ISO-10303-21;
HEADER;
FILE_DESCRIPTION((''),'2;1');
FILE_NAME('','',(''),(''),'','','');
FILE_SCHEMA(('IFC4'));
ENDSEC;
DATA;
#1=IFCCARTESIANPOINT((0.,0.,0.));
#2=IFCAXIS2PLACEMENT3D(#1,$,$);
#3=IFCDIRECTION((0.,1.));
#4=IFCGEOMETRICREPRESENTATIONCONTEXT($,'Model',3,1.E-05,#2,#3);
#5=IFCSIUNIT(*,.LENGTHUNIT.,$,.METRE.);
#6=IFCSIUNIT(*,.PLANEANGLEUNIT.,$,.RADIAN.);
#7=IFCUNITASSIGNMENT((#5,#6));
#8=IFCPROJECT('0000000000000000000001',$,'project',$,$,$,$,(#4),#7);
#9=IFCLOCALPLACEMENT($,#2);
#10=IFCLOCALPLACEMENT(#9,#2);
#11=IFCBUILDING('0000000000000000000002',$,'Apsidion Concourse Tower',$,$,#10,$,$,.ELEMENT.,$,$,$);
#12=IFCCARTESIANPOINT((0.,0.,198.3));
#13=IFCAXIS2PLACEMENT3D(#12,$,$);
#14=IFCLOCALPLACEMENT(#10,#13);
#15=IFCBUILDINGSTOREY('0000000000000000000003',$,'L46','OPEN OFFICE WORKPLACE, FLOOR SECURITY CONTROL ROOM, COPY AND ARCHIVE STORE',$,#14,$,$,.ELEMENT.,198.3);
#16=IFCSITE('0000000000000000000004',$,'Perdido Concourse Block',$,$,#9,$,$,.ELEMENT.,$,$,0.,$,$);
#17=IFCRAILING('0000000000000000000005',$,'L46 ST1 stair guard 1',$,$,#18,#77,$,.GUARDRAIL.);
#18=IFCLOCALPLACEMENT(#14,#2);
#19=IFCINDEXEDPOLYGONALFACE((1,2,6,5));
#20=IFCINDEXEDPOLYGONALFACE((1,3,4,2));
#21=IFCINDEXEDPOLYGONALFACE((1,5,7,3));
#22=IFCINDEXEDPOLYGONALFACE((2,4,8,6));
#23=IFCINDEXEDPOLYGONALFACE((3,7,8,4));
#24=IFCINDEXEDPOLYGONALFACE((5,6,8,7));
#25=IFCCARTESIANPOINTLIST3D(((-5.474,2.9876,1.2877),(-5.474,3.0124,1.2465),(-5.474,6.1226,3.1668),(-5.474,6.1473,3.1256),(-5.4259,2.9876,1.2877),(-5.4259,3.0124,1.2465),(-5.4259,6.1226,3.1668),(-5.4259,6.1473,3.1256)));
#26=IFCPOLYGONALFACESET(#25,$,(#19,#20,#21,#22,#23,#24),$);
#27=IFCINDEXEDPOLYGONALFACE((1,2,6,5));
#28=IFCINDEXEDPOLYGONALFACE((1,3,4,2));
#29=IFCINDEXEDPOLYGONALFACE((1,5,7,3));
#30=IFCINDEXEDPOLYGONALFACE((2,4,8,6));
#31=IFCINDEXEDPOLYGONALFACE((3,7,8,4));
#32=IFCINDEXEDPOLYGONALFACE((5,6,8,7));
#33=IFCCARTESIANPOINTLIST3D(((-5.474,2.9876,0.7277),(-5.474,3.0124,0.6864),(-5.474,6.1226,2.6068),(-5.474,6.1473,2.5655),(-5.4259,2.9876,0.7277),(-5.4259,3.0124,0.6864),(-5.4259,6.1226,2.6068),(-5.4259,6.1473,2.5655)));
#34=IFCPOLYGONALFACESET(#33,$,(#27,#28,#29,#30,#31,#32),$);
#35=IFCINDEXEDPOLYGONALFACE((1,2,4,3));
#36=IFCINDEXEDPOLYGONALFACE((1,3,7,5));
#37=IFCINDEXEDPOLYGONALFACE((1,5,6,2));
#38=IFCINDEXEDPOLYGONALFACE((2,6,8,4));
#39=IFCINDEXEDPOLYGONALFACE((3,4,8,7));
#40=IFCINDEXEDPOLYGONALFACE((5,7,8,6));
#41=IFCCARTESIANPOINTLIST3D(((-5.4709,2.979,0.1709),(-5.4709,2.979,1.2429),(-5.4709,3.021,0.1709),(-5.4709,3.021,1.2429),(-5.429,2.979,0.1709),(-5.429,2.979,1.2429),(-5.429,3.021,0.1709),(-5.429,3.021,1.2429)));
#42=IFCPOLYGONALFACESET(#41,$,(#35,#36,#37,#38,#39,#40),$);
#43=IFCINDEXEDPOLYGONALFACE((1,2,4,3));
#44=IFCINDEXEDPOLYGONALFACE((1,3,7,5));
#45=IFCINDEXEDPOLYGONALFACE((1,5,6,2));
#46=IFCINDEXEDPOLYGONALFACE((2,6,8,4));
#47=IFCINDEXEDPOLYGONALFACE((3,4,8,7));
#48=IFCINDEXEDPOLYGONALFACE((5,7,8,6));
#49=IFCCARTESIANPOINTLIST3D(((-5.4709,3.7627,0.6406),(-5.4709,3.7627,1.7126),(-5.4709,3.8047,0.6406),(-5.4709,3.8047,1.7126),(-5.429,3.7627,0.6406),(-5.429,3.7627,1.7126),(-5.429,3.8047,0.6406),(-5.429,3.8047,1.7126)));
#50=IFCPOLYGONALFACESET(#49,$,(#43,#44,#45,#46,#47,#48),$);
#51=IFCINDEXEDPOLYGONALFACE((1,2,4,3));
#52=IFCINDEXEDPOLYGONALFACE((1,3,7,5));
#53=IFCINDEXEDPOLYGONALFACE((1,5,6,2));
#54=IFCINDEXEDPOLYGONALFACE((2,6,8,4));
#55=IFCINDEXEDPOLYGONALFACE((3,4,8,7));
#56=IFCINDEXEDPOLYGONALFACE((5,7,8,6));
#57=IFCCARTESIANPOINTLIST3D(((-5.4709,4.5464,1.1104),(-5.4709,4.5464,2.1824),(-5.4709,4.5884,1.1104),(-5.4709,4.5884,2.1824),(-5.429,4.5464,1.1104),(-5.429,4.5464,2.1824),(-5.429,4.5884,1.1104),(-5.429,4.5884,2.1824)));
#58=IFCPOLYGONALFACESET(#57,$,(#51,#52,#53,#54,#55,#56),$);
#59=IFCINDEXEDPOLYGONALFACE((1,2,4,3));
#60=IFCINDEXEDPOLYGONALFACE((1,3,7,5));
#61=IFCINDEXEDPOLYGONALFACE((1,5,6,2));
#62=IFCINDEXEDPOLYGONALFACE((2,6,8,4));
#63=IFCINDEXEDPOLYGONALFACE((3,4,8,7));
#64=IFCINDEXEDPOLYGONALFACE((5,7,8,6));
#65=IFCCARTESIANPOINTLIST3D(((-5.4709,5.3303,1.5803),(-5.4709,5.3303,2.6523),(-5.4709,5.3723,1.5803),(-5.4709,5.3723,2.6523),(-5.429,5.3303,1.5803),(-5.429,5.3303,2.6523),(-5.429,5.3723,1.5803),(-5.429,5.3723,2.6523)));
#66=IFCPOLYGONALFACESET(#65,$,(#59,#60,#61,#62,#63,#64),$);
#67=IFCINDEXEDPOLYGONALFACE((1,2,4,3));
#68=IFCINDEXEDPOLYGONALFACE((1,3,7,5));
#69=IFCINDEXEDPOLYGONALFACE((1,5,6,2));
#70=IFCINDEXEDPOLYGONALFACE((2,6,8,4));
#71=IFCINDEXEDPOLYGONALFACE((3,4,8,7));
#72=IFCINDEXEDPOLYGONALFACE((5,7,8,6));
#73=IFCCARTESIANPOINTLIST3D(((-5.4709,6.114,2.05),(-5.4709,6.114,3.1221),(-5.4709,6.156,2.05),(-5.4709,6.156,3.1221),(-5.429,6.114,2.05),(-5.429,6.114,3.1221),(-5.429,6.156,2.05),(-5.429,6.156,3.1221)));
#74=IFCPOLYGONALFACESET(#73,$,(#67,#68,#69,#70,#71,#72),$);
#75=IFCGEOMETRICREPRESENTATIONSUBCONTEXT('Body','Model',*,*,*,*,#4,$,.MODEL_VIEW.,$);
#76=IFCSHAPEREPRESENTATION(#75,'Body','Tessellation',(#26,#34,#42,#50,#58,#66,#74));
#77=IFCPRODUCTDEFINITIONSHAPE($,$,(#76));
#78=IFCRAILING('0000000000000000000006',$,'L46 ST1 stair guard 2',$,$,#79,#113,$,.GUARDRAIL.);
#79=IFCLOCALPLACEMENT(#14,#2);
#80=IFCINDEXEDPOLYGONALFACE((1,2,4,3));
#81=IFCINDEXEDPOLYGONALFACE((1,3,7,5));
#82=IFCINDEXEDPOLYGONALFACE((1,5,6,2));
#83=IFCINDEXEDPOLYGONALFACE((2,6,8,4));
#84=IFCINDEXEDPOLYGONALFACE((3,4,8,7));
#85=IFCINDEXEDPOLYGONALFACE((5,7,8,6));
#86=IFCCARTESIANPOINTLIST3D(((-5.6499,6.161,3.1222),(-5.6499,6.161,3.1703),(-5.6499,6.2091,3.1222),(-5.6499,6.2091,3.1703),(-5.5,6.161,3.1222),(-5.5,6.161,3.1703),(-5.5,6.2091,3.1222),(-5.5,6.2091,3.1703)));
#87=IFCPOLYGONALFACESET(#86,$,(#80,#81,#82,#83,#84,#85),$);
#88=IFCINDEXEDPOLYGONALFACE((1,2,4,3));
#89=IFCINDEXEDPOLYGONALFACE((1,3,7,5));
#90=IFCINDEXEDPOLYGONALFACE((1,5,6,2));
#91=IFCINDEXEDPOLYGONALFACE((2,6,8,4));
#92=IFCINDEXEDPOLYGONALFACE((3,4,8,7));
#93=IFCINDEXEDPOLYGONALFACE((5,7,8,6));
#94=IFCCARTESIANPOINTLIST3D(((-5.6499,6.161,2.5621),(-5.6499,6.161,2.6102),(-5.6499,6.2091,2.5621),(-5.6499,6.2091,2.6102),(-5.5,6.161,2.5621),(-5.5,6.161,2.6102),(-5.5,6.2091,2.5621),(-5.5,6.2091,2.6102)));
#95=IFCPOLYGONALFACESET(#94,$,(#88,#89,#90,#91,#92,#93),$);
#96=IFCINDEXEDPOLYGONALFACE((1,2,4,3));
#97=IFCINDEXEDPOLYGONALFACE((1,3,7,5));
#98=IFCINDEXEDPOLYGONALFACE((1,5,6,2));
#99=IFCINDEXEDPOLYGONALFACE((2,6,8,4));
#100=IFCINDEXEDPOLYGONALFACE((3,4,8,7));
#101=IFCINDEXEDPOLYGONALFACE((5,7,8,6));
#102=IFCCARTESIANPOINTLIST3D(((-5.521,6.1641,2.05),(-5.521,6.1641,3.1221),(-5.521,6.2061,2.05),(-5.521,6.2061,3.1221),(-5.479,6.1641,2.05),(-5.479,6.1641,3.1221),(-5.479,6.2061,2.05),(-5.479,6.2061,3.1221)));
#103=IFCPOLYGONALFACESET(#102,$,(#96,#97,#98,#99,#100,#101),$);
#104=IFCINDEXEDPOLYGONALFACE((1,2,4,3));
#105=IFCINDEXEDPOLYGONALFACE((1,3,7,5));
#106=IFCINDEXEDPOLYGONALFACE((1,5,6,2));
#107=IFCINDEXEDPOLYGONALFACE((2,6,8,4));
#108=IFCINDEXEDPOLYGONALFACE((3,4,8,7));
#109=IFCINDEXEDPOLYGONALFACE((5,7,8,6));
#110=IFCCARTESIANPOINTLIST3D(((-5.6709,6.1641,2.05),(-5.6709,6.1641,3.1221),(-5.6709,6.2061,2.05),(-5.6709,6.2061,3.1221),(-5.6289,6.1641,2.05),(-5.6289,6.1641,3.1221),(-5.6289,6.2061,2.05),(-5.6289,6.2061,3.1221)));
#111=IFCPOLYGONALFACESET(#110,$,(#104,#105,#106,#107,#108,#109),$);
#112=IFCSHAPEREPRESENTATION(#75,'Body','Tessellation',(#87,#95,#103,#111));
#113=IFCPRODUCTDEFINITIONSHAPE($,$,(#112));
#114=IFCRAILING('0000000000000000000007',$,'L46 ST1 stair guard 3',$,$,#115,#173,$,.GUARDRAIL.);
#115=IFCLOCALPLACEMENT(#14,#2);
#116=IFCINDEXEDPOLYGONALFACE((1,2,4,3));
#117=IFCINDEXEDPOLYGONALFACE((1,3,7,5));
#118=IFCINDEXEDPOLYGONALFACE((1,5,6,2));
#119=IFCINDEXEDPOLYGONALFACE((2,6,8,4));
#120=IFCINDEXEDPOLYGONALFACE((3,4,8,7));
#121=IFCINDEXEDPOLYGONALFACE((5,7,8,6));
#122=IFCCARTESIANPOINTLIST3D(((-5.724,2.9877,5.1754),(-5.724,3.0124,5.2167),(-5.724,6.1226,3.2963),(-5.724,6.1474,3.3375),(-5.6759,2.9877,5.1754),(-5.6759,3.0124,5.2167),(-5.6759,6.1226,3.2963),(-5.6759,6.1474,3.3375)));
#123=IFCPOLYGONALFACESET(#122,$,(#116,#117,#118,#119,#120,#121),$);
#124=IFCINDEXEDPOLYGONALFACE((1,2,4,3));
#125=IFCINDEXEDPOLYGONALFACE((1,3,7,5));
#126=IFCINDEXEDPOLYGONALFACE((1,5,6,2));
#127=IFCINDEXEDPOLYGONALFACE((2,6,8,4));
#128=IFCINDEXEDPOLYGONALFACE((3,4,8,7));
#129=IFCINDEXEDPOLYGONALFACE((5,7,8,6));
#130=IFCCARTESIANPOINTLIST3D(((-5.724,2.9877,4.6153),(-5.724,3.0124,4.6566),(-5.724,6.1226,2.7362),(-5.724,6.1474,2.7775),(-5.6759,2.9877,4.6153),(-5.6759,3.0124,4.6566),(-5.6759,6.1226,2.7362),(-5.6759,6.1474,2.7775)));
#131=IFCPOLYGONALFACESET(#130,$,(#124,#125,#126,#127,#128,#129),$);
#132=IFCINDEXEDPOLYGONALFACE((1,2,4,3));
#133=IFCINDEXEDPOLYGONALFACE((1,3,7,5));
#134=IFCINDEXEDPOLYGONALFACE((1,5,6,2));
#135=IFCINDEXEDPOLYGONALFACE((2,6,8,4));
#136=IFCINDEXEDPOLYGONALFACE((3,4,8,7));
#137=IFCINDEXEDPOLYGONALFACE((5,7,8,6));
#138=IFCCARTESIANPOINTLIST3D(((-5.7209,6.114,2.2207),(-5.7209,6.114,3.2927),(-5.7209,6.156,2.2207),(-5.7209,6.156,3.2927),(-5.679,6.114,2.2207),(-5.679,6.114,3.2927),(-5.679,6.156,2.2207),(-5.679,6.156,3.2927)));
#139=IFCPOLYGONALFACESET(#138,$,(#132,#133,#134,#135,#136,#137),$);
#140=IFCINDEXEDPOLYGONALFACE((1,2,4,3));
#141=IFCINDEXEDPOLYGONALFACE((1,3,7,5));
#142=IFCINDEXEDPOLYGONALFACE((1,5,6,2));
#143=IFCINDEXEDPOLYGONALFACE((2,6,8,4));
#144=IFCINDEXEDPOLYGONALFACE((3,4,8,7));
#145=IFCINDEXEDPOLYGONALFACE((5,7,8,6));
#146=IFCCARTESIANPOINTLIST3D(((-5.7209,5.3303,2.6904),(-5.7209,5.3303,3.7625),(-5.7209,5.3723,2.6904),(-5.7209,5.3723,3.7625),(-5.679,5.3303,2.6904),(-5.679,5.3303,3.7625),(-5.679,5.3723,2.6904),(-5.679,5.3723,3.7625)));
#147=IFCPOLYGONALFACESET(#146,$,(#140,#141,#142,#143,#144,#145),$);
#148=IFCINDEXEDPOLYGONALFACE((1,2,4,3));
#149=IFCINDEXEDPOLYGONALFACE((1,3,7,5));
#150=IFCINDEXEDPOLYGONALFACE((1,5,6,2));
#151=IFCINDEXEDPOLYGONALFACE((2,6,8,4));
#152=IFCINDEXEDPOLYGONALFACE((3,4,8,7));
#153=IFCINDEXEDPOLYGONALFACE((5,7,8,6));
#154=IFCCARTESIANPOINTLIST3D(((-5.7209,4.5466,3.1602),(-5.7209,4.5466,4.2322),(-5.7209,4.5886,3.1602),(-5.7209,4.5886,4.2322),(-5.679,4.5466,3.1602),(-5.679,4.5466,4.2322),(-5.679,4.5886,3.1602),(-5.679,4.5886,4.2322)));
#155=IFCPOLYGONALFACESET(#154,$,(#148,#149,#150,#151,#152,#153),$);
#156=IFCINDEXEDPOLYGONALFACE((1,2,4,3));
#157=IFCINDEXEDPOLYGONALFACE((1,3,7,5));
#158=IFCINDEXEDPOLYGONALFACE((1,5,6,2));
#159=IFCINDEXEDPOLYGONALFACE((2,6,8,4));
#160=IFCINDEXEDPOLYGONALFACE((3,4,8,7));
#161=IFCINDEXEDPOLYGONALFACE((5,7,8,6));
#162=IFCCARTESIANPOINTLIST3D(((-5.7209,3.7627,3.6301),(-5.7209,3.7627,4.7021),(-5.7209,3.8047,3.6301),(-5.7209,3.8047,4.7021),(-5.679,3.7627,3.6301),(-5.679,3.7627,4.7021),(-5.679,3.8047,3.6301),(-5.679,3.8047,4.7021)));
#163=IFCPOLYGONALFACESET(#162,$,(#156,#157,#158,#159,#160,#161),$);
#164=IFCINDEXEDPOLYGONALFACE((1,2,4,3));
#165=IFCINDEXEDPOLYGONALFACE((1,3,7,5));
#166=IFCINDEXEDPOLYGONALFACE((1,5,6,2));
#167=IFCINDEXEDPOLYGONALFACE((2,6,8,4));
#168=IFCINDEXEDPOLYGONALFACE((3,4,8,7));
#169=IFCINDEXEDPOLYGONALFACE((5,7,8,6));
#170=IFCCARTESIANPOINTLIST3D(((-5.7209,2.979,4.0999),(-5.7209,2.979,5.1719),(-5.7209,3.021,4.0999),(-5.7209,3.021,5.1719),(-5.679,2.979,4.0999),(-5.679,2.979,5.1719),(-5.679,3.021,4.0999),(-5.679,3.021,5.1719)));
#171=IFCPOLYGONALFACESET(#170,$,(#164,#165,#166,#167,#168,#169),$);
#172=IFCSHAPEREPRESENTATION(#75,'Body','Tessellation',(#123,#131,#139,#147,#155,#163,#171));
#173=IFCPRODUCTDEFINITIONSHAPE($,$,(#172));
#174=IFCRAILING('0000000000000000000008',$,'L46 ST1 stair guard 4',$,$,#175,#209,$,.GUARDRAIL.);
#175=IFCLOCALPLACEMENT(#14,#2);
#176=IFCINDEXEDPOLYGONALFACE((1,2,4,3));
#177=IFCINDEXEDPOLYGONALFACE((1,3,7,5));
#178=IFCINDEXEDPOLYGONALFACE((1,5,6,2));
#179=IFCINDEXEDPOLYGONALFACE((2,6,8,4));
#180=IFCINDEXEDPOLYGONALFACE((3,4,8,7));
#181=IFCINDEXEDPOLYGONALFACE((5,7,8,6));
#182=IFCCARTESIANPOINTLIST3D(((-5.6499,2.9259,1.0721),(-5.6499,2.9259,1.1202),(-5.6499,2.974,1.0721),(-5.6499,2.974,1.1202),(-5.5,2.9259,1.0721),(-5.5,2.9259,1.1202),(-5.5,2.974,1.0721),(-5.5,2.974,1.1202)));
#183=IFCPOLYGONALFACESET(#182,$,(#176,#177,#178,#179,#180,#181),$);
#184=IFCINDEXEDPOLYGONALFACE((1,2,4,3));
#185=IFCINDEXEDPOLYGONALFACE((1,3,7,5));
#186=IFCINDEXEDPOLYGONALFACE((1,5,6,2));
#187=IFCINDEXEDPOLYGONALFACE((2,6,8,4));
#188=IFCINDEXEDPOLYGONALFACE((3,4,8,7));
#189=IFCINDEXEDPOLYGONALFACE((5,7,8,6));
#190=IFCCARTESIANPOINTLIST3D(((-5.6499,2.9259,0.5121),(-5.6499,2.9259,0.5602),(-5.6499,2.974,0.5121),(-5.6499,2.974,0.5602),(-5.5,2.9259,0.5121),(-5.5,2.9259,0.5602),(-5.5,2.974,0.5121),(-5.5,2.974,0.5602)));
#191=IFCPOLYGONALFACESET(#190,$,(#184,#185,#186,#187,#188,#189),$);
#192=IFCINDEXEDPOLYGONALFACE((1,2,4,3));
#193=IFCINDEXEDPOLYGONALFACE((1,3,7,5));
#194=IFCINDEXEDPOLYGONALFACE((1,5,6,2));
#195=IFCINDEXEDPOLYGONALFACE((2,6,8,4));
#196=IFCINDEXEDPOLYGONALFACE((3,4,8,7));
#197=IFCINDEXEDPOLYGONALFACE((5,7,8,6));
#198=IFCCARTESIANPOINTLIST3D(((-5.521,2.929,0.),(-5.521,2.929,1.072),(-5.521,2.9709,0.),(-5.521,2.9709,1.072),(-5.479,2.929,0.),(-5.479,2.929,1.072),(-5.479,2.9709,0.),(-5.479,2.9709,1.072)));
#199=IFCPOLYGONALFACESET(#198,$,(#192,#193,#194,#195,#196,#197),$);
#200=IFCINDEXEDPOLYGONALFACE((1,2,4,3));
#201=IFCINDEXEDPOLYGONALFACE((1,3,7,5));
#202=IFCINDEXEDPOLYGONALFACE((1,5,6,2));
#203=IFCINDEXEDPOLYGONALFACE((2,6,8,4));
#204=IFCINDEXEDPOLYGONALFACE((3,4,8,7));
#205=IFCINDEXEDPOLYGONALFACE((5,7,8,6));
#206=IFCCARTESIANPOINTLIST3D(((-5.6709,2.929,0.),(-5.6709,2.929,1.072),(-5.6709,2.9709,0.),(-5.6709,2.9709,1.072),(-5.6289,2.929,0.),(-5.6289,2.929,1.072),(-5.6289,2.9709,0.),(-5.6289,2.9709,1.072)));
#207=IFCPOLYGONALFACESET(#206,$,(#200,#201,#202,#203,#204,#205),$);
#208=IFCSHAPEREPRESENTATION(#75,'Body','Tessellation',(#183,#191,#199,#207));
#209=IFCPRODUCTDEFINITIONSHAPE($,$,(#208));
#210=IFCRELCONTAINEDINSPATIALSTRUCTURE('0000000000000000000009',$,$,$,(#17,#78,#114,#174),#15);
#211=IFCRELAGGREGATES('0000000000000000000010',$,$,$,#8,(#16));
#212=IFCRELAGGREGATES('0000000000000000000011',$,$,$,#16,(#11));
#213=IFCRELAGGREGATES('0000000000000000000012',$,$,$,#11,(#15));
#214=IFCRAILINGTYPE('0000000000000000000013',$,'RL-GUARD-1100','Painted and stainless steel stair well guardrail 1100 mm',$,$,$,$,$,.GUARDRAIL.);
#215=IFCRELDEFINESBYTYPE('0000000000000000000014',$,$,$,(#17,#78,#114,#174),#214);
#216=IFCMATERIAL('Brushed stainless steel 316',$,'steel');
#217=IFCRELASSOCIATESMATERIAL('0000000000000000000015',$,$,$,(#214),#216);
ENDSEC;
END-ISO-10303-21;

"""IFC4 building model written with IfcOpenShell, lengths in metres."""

from ifc_helpers import new_model, si_unit, direction, frame, origin, origin_2d, place, context, subcontext, project, spatial, rectangle, extrude, material, type_object, element, save


model = new_model("IFC4")

# Units and contexts
model_context = context("Model", 3, precision=1e-05, world=origin(), true_north=direction((0.0, 1.0)))
body_context = subcontext(model_context, "Body", "Model", "MODEL_VIEW")
ifc_project = project(units=[si_unit("LENGTHUNIT", "METRE"), si_unit("PLANEANGLEUNIT", "RADIAN")], contexts=[model_context])

# Site, building, storey
site_placement = place(None, origin())
site = spatial("IfcSite", under=ifc_project, at=site_placement, Name="Perdido Concourse Block", CompositionType="ELEMENT", RefElevation=0.0)
building_placement = place(site_placement, origin())
building = spatial("IfcBuilding", under=site, at=building_placement, Name="Apsidion Concourse Tower", CompositionType="ELEMENT")
storey_placement = place(building_placement, frame((0.0, 0.0, 198.3)))
storey = spatial("IfcBuildingStorey", under=building, at=storey_placement, Name="L46", Description="OPEN OFFICE WORKPLACE, FLOOR SECURITY CONTROL ROOM, COPY AND ARCHIVE STORE", CompositionType="ELEMENT", Elevation=198.3)

# Shared definitions
ifc_material_1 = material(Name="Brushed stainless steel 316", Category="steel")

# Railings
railing_type_1 = type_object("IfcRailingType", Name="RL-GUARD-1100", Description="Painted and stainless steel stair well guardrail 1100 mm", PredefinedType="GUARDRAIL", material=ifc_material_1)
railing_1_placement = place(storey_placement, frame((-5.45, 3.0, 0.1709)))
element("IfcRailing", 1, at=railing_1_placement, inside=storey, type_object=railing_type_1, Name="L46 ST1 stair guard 1", PredefinedType="GUARDRAIL", context=body_context, shape_type="SweptSolid", body=[
    extrude(rectangle(XDim=0.0481, YDim=0.0481, at=origin_2d()), frame((0.0, 0.0, 1.0962), z_axis=(0.0, 0.857717, 0.514122), x_axis=(-1.0, 0.0, 0.0)), (0.0, 0.0, 1.0), 3.655),
    extrude(rectangle(XDim=0.0481, YDim=0.0481, at=origin_2d()), frame((0.0, 0.0, 0.5361), z_axis=(0.0, 0.857717, 0.514122), x_axis=(-1.0, 0.0, 0.0)), (0.0, 0.0, 1.0), 3.655),
    extrude(rectangle(XDim=0.042, YDim=0.042, at=origin_2d()), origin(), (0.0, 0.0, 1.0), 1.072),
    extrude(rectangle(XDim=0.042, YDim=0.042, at=origin_2d()), frame((0.0, 0.7837, 0.4697)), (0.0, 0.0, 1.0), 1.072),
    extrude(rectangle(XDim=0.042, YDim=0.042, at=origin_2d()), frame((0.0, 1.5674, 0.9395)), (0.0, 0.0, 1.0), 1.072),
    extrude(rectangle(XDim=0.042, YDim=0.042, at=origin_2d()), frame((0.0, 2.3513, 1.4094)), (0.0, 0.0, 1.0), 1.072),
    extrude(rectangle(XDim=0.042, YDim=0.042, at=origin_2d()), frame((0.0, 3.135, 1.8792)), (0.0, 0.0, 1.0), 1.072),
])
railing_2_placement = place(storey_placement, frame((-5.5, 6.1851, 2.05)))
element("IfcRailing", 2, at=railing_2_placement, inside=storey, type_object=railing_type_1, Name="L46 ST1 stair guard 2", PredefinedType="GUARDRAIL", context=body_context, shape_type="SweptSolid", body=[
    extrude(rectangle(XDim=0.0481, YDim=0.0481, at=origin_2d()), frame((0.0, 0.0, 1.0962), z_axis=(-1.0, 0.0, 0.0), x_axis=(0.0, -1.0, 0.0)), (0.0, 0.0, 1.0), 0.1499),
    extrude(rectangle(XDim=0.0481, YDim=0.0481, at=origin_2d()), frame((0.0, 0.0, 0.5361), z_axis=(-1.0, 0.0, 0.0), x_axis=(0.0, -1.0, 0.0)), (0.0, 0.0, 1.0), 0.1499),
    extrude(rectangle(XDim=0.042, YDim=0.042, at=origin_2d()), origin(), (0.0, 0.0, 1.0), 1.072),
    extrude(rectangle(XDim=0.042, YDim=0.042, at=origin_2d()), frame((-0.1499, 0.0, 0.0)), (0.0, 0.0, 1.0), 1.072),
])
railing_3_placement = place(storey_placement, frame((-5.7, 6.135, 2.2207)))
element("IfcRailing", 3, at=railing_3_placement, inside=storey, type_object=railing_type_1, Name="L46 ST1 stair guard 3", PredefinedType="GUARDRAIL", context=body_context, shape_type="SweptSolid", body=[
    extrude(rectangle(XDim=0.0481, YDim=0.0481, at=origin_2d()), frame((0.0, 0.0, 1.0962), z_axis=(0.0, -0.857717, 0.514122), x_axis=(1.0, 0.0, 0.0)), (0.0, 0.0, 1.0), 3.655),
    extrude(rectangle(XDim=0.0481, YDim=0.0481, at=origin_2d()), frame((0.0, 0.0, 0.5361), z_axis=(0.0, -0.857717, 0.514122), x_axis=(1.0, 0.0, 0.0)), (0.0, 0.0, 1.0), 3.655),
    extrude(rectangle(XDim=0.042, YDim=0.042, at=origin_2d()), origin(), (0.0, 0.0, 1.0), 1.072),
    extrude(rectangle(XDim=0.042, YDim=0.042, at=origin_2d()), frame((0.0, -0.7837, 0.4697)), (0.0, 0.0, 1.0), 1.072),
    extrude(rectangle(XDim=0.042, YDim=0.042, at=origin_2d()), frame((0.0, -1.5674, 0.9395)), (0.0, 0.0, 1.0), 1.072),
    extrude(rectangle(XDim=0.042, YDim=0.042, at=origin_2d()), frame((0.0, -2.3513, 1.4094)), (0.0, 0.0, 1.0), 1.072),
    extrude(rectangle(XDim=0.042, YDim=0.042, at=origin_2d()), frame((0.0, -3.135, 1.8792)), (0.0, 0.0, 1.0), 1.072),
])
railing_4_placement = place(storey_placement, frame((-5.5, 2.95, 0.0)))
element("IfcRailing", 4, at=railing_4_placement, inside=storey, type_object=railing_type_1, Name="L46 ST1 stair guard 4", PredefinedType="GUARDRAIL", context=body_context, shape_type="SweptSolid", body=[
    extrude(rectangle(XDim=0.0481, YDim=0.0481, at=origin_2d()), frame((0.0, 0.0, 1.0962), z_axis=(-1.0, 0.0, 0.0), x_axis=(0.0, -1.0, 0.0)), (0.0, 0.0, 1.0), 0.1499),
    extrude(rectangle(XDim=0.0481, YDim=0.0481, at=origin_2d()), frame((0.0, 0.0, 0.5361), z_axis=(-1.0, 0.0, 0.0), x_axis=(0.0, -1.0, 0.0)), (0.0, 0.0, 1.0), 0.1499),
    extrude(rectangle(XDim=0.042, YDim=0.042, at=origin_2d()), origin(), (0.0, 0.0, 1.0), 1.072),
    extrude(rectangle(XDim=0.042, YDim=0.042, at=origin_2d()), frame((-0.1499, 0.0, 0.0)), (0.0, 0.0, 1.0), 1.072),
])

save(model, "model.ifc")
